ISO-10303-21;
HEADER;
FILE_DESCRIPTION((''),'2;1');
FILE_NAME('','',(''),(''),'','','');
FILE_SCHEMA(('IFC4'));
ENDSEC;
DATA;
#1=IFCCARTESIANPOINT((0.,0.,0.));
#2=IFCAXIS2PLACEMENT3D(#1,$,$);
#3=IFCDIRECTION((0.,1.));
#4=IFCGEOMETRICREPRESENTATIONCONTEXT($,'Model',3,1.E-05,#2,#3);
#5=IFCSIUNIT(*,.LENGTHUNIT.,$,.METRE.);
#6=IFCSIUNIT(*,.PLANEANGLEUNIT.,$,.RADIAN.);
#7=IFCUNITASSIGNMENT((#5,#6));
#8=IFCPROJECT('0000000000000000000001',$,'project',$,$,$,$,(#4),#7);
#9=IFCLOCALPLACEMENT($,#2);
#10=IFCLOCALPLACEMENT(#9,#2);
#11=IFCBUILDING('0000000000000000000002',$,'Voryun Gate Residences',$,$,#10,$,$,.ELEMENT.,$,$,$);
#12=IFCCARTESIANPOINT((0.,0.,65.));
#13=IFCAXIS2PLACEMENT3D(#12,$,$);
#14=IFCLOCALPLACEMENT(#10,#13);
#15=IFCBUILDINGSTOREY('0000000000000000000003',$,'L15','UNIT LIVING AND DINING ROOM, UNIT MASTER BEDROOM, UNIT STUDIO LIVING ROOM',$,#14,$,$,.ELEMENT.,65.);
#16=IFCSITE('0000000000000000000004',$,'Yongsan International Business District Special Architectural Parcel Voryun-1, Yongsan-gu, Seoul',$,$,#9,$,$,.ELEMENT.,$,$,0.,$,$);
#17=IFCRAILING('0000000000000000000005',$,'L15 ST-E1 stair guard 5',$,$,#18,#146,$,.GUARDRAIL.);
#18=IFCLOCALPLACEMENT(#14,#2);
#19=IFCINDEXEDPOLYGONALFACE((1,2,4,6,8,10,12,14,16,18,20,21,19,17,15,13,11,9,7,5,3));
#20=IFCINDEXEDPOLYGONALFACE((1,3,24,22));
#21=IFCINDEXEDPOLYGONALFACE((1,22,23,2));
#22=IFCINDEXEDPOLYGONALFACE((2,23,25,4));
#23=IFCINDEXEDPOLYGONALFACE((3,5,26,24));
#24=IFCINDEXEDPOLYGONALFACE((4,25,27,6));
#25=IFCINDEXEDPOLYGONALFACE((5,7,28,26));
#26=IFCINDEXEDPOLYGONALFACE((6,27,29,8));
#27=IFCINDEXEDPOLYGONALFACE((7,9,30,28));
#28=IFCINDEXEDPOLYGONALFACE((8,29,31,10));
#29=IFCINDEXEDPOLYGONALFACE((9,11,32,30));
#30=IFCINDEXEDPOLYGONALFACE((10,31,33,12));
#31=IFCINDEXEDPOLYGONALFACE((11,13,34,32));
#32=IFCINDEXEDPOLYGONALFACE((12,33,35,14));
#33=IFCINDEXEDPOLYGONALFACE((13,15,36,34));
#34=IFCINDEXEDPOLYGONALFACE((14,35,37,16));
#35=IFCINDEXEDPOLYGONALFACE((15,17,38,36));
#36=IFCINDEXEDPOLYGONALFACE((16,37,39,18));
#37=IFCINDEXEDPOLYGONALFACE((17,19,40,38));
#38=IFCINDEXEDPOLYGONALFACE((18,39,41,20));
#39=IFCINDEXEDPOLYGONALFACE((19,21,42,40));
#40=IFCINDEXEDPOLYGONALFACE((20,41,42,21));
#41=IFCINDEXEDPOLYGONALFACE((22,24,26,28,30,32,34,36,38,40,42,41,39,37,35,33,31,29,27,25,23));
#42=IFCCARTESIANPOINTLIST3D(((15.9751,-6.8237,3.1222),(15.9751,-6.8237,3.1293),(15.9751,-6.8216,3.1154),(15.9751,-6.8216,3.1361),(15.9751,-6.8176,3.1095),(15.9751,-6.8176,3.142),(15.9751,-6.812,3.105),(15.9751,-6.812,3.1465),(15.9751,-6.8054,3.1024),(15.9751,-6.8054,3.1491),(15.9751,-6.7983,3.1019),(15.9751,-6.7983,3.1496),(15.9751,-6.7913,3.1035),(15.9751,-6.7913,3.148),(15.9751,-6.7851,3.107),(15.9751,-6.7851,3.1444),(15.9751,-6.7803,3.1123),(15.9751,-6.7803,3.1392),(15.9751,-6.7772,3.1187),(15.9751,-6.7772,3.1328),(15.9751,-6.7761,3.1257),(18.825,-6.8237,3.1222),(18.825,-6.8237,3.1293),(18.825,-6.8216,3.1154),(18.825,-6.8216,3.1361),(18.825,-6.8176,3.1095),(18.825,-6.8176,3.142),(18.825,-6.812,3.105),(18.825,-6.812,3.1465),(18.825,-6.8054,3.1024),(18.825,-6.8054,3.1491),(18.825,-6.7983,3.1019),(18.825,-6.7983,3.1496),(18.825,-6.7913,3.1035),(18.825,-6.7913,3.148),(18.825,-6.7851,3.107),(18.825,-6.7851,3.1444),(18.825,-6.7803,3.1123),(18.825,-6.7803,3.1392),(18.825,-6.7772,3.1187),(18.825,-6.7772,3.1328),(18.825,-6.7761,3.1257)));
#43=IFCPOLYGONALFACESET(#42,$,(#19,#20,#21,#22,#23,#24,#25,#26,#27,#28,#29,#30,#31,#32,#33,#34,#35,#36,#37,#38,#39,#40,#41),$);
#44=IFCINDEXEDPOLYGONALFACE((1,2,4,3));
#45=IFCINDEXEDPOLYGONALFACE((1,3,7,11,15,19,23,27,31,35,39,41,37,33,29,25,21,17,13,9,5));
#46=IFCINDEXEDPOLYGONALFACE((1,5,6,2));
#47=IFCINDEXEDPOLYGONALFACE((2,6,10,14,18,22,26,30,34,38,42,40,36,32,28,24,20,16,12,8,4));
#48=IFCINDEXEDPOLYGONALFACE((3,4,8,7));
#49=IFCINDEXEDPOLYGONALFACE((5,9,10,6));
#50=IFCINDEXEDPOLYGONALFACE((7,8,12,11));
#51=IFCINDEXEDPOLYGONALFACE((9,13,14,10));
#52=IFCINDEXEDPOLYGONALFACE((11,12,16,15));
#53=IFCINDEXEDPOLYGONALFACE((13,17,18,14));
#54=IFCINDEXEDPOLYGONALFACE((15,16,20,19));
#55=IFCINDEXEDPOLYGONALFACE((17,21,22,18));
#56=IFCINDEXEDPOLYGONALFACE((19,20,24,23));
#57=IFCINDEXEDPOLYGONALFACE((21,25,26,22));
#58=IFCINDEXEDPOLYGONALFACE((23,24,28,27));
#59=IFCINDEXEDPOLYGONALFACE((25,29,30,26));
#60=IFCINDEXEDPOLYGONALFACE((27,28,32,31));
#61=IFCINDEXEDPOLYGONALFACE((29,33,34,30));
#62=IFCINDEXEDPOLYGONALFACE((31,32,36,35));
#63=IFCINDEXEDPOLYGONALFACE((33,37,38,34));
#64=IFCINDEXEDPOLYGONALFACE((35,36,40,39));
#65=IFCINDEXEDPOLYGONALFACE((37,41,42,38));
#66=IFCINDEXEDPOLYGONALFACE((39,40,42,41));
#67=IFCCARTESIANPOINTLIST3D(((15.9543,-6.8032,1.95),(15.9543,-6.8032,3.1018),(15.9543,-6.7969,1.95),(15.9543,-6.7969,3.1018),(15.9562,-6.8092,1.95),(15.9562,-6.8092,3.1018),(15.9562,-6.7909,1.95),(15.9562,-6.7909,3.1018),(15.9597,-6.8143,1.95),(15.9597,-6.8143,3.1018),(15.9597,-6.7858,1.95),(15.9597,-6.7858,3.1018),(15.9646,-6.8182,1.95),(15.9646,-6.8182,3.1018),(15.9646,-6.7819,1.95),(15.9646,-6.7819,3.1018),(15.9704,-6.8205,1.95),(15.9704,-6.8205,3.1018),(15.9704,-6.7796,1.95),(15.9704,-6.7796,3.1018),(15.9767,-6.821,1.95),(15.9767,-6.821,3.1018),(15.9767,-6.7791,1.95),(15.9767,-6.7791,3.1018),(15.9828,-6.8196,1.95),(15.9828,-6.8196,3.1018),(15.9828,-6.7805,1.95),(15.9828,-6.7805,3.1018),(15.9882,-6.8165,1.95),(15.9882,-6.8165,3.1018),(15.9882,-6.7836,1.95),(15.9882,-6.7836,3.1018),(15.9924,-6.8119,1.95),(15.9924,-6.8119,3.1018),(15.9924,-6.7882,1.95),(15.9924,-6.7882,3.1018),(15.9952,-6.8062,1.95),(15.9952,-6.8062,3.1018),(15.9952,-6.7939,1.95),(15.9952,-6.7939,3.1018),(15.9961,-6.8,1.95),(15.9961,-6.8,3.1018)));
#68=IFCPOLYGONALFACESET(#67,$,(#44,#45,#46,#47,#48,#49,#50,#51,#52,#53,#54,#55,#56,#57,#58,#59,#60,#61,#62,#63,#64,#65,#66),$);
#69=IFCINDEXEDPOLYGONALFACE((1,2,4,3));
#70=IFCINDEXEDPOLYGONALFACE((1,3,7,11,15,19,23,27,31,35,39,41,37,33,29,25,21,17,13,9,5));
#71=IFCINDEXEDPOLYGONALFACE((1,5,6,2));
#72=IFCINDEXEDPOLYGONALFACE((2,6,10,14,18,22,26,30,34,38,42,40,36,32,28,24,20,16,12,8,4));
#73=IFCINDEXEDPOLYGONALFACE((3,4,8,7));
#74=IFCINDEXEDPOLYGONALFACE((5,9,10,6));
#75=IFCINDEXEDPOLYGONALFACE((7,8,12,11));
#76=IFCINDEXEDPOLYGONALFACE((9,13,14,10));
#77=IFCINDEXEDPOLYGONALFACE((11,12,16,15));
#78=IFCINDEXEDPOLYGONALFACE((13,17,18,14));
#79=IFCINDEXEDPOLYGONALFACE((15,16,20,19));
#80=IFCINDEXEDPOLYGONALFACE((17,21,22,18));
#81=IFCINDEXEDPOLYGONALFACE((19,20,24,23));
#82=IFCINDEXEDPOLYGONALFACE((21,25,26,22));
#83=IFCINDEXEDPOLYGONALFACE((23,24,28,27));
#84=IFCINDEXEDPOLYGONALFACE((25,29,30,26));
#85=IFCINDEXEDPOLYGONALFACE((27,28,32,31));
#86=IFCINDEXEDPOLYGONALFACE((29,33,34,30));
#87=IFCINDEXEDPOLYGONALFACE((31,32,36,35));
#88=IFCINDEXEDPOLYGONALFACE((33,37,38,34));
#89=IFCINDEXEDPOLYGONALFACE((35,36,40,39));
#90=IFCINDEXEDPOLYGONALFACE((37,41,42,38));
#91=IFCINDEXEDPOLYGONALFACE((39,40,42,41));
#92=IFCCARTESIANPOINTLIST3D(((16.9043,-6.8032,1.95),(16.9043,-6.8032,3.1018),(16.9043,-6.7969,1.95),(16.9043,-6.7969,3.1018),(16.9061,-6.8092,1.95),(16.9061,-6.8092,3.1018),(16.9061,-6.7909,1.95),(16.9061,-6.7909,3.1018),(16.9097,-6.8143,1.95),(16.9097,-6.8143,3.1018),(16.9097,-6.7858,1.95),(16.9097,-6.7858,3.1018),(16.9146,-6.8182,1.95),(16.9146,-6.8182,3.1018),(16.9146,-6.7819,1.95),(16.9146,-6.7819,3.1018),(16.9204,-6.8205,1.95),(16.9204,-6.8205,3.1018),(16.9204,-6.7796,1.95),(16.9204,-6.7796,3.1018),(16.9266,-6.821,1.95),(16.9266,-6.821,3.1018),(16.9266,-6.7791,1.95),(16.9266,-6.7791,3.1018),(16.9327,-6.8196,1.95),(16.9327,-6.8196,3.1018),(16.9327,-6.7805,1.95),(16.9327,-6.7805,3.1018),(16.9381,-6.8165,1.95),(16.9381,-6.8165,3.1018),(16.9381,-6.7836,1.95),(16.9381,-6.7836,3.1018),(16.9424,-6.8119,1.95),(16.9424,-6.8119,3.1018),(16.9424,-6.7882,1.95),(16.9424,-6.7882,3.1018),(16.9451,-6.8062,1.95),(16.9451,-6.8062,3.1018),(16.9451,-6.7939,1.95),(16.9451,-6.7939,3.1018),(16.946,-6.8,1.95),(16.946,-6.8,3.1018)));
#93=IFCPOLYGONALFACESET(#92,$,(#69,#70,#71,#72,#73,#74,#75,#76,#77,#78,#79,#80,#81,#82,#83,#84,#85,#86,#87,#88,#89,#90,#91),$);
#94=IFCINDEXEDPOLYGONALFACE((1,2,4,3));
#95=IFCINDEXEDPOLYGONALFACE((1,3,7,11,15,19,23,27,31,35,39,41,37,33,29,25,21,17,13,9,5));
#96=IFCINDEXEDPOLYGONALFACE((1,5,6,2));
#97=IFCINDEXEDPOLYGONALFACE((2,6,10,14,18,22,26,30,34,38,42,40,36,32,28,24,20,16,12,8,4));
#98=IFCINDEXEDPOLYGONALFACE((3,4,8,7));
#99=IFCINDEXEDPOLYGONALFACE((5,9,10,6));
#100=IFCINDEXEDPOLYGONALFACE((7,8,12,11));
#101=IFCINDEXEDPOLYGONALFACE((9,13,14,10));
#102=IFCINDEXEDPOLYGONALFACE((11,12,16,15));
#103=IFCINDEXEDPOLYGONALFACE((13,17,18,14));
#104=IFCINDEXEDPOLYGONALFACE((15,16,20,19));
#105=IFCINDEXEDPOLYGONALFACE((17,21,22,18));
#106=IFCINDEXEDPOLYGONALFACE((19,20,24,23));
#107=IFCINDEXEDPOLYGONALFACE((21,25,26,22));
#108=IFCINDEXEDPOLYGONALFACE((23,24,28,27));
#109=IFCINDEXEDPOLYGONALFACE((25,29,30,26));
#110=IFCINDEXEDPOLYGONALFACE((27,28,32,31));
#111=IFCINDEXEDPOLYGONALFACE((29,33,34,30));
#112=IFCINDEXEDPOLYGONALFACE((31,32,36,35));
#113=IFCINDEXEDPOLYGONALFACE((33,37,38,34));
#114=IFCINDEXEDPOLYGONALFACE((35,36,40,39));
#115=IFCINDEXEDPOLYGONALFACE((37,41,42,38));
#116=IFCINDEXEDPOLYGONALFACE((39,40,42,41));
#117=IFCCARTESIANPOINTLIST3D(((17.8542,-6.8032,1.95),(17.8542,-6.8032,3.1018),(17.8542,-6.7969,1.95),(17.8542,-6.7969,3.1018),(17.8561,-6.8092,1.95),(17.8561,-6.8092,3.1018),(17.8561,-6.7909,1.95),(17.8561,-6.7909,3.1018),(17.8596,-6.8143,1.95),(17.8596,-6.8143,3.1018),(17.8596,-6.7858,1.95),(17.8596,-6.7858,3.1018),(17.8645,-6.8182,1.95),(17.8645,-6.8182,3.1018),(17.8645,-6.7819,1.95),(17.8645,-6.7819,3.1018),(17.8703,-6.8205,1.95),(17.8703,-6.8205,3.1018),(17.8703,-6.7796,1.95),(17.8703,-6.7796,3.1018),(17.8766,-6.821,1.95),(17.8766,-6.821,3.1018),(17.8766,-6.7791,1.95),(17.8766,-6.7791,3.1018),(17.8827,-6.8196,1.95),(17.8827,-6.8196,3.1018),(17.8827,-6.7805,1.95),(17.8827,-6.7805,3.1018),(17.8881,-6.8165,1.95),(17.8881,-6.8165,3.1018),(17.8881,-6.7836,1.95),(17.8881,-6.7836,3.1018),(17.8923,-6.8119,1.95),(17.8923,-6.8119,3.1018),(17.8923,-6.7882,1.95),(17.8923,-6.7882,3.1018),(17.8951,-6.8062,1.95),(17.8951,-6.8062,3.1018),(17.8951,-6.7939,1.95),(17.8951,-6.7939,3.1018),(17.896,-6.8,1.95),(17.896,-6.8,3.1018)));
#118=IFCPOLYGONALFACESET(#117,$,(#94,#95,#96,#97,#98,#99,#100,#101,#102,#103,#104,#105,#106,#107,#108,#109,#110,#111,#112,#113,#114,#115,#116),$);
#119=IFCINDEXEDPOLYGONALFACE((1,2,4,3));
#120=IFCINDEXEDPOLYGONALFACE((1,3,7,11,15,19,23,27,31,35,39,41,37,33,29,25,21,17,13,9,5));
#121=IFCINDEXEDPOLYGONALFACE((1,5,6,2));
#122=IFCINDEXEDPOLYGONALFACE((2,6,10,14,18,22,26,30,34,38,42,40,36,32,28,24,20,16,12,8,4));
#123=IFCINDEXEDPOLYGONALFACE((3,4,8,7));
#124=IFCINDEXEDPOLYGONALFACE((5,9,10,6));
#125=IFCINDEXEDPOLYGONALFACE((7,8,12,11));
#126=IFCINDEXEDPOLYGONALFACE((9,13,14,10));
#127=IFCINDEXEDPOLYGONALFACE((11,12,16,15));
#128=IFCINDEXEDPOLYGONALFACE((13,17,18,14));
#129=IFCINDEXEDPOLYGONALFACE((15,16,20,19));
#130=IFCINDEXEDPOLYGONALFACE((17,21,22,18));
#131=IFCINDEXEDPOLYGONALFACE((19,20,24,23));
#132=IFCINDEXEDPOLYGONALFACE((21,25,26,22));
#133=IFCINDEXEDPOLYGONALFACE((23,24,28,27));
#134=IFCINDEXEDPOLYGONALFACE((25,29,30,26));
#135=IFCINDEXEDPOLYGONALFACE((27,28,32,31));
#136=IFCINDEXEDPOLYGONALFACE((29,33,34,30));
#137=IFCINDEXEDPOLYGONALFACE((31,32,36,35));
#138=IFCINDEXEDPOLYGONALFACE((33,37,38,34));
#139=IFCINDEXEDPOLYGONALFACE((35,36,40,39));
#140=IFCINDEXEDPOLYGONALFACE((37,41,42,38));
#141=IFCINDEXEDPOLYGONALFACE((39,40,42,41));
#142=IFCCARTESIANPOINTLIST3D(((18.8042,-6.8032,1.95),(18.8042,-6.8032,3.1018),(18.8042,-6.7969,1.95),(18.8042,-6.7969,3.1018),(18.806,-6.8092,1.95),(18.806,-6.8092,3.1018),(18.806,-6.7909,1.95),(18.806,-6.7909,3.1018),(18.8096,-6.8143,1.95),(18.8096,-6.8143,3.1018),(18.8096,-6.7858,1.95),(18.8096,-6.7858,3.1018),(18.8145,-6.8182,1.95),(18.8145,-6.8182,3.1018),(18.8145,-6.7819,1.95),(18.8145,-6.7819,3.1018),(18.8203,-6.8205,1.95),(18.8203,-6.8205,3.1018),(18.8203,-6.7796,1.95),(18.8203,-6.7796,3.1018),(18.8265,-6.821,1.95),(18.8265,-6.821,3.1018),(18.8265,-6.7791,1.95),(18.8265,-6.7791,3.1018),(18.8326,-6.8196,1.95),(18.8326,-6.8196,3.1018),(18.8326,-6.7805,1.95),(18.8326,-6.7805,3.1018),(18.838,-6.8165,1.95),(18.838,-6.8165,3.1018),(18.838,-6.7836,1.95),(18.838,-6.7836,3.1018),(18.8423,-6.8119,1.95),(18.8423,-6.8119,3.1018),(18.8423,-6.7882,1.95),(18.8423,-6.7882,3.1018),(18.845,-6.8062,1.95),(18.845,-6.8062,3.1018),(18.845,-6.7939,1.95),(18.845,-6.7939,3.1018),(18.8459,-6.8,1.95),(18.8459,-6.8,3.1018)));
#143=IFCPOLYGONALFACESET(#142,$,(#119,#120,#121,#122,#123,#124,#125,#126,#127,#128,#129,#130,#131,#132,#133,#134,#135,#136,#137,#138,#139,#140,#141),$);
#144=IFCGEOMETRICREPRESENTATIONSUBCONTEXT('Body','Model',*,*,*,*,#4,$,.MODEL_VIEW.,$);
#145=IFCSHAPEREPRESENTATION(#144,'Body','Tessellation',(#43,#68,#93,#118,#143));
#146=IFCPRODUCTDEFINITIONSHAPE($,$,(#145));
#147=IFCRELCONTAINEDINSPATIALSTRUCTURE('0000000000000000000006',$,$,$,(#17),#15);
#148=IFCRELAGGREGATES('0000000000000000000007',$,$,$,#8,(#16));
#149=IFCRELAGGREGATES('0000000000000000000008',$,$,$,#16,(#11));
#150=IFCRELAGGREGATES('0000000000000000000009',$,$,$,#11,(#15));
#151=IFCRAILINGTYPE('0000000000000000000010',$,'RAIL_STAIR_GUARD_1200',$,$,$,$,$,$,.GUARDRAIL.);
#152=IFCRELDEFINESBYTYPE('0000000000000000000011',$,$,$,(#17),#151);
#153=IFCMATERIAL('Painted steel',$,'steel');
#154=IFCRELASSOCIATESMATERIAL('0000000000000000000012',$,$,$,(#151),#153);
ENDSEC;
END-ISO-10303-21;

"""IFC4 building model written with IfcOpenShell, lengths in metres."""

from ifc_helpers import new_model, si_unit, direction, frame, origin, origin_2d, place, context, subcontext, project, spatial, circle, extrude, material, type_object, element, save


model = new_model("IFC4")

# Units and contexts
model_context = context("Model", 3, precision=1e-05, world=origin(), true_north=direction((0.0, 1.0)))
body_context = subcontext(model_context, "Body", "Model", "MODEL_VIEW")
ifc_project = project(units=[si_unit("LENGTHUNIT", "METRE"), si_unit("PLANEANGLEUNIT", "RADIAN")], contexts=[model_context])

# Site, building, storey
site_placement = place(None, origin())
site = spatial("IfcSite", under=ifc_project, at=site_placement, Name="Yongsan International Business District Special Architectural Parcel Voryun-1, Yongsan-gu, Seoul", CompositionType="ELEMENT", RefElevation=0.0)
building_placement = place(site_placement, origin())
building = spatial("IfcBuilding", under=site, at=building_placement, Name="Voryun Gate Residences", CompositionType="ELEMENT")
storey_placement = place(building_placement, frame((0.0, 0.0, 65.0)))
storey = spatial("IfcBuildingStorey", under=building, at=storey_placement, Name="L15", Description="UNIT LIVING AND DINING ROOM, UNIT MASTER BEDROOM, UNIT STUDIO LIVING ROOM", CompositionType="ELEMENT", Elevation=65.0)

# Railing
ifc_material_1 = material(Name="Painted steel", Category="steel")
railing_type_1 = type_object("IfcRailingType", Name="RAIL_STAIR_GUARD_1200", PredefinedType="GUARDRAIL", material=ifc_material_1)
railing_1_placement = place(storey_placement, frame((15.9751, -6.8, 1.95)))
element("IfcRailing", 1, at=railing_1_placement, inside=storey, type_object=railing_type_1, Name="L15 ST-E1 stair guard 5", PredefinedType="GUARDRAIL", context=body_context, shape_type="SweptSolid", body=[
    extrude(circle(Radius=0.0239, at=origin_2d()), frame((0.0, 0.0, 1.1758), z_axis=(1.0, 0.0, 0.0), x_axis=(0.0, 1.0, 0.0)), (0.0, 0.0, 1.0), 2.8499),
    extrude(circle(Radius=0.021, at=origin_2d()), origin(), (0.0, 0.0, 1.0), 1.1519),
    extrude(circle(Radius=0.021, at=origin_2d()), frame((0.95, 0.0, 0.0)), (0.0, 0.0, 1.0), 1.1519),
    extrude(circle(Radius=0.021, at=origin_2d()), frame((1.8999, 0.0, 0.0)), (0.0, 0.0, 1.0), 1.1519),
    extrude(circle(Radius=0.021, at=origin_2d()), frame((2.8499, 0.0, 0.0)), (0.0, 0.0, 1.0), 1.1519),
])

save(model, "model.ifc")
